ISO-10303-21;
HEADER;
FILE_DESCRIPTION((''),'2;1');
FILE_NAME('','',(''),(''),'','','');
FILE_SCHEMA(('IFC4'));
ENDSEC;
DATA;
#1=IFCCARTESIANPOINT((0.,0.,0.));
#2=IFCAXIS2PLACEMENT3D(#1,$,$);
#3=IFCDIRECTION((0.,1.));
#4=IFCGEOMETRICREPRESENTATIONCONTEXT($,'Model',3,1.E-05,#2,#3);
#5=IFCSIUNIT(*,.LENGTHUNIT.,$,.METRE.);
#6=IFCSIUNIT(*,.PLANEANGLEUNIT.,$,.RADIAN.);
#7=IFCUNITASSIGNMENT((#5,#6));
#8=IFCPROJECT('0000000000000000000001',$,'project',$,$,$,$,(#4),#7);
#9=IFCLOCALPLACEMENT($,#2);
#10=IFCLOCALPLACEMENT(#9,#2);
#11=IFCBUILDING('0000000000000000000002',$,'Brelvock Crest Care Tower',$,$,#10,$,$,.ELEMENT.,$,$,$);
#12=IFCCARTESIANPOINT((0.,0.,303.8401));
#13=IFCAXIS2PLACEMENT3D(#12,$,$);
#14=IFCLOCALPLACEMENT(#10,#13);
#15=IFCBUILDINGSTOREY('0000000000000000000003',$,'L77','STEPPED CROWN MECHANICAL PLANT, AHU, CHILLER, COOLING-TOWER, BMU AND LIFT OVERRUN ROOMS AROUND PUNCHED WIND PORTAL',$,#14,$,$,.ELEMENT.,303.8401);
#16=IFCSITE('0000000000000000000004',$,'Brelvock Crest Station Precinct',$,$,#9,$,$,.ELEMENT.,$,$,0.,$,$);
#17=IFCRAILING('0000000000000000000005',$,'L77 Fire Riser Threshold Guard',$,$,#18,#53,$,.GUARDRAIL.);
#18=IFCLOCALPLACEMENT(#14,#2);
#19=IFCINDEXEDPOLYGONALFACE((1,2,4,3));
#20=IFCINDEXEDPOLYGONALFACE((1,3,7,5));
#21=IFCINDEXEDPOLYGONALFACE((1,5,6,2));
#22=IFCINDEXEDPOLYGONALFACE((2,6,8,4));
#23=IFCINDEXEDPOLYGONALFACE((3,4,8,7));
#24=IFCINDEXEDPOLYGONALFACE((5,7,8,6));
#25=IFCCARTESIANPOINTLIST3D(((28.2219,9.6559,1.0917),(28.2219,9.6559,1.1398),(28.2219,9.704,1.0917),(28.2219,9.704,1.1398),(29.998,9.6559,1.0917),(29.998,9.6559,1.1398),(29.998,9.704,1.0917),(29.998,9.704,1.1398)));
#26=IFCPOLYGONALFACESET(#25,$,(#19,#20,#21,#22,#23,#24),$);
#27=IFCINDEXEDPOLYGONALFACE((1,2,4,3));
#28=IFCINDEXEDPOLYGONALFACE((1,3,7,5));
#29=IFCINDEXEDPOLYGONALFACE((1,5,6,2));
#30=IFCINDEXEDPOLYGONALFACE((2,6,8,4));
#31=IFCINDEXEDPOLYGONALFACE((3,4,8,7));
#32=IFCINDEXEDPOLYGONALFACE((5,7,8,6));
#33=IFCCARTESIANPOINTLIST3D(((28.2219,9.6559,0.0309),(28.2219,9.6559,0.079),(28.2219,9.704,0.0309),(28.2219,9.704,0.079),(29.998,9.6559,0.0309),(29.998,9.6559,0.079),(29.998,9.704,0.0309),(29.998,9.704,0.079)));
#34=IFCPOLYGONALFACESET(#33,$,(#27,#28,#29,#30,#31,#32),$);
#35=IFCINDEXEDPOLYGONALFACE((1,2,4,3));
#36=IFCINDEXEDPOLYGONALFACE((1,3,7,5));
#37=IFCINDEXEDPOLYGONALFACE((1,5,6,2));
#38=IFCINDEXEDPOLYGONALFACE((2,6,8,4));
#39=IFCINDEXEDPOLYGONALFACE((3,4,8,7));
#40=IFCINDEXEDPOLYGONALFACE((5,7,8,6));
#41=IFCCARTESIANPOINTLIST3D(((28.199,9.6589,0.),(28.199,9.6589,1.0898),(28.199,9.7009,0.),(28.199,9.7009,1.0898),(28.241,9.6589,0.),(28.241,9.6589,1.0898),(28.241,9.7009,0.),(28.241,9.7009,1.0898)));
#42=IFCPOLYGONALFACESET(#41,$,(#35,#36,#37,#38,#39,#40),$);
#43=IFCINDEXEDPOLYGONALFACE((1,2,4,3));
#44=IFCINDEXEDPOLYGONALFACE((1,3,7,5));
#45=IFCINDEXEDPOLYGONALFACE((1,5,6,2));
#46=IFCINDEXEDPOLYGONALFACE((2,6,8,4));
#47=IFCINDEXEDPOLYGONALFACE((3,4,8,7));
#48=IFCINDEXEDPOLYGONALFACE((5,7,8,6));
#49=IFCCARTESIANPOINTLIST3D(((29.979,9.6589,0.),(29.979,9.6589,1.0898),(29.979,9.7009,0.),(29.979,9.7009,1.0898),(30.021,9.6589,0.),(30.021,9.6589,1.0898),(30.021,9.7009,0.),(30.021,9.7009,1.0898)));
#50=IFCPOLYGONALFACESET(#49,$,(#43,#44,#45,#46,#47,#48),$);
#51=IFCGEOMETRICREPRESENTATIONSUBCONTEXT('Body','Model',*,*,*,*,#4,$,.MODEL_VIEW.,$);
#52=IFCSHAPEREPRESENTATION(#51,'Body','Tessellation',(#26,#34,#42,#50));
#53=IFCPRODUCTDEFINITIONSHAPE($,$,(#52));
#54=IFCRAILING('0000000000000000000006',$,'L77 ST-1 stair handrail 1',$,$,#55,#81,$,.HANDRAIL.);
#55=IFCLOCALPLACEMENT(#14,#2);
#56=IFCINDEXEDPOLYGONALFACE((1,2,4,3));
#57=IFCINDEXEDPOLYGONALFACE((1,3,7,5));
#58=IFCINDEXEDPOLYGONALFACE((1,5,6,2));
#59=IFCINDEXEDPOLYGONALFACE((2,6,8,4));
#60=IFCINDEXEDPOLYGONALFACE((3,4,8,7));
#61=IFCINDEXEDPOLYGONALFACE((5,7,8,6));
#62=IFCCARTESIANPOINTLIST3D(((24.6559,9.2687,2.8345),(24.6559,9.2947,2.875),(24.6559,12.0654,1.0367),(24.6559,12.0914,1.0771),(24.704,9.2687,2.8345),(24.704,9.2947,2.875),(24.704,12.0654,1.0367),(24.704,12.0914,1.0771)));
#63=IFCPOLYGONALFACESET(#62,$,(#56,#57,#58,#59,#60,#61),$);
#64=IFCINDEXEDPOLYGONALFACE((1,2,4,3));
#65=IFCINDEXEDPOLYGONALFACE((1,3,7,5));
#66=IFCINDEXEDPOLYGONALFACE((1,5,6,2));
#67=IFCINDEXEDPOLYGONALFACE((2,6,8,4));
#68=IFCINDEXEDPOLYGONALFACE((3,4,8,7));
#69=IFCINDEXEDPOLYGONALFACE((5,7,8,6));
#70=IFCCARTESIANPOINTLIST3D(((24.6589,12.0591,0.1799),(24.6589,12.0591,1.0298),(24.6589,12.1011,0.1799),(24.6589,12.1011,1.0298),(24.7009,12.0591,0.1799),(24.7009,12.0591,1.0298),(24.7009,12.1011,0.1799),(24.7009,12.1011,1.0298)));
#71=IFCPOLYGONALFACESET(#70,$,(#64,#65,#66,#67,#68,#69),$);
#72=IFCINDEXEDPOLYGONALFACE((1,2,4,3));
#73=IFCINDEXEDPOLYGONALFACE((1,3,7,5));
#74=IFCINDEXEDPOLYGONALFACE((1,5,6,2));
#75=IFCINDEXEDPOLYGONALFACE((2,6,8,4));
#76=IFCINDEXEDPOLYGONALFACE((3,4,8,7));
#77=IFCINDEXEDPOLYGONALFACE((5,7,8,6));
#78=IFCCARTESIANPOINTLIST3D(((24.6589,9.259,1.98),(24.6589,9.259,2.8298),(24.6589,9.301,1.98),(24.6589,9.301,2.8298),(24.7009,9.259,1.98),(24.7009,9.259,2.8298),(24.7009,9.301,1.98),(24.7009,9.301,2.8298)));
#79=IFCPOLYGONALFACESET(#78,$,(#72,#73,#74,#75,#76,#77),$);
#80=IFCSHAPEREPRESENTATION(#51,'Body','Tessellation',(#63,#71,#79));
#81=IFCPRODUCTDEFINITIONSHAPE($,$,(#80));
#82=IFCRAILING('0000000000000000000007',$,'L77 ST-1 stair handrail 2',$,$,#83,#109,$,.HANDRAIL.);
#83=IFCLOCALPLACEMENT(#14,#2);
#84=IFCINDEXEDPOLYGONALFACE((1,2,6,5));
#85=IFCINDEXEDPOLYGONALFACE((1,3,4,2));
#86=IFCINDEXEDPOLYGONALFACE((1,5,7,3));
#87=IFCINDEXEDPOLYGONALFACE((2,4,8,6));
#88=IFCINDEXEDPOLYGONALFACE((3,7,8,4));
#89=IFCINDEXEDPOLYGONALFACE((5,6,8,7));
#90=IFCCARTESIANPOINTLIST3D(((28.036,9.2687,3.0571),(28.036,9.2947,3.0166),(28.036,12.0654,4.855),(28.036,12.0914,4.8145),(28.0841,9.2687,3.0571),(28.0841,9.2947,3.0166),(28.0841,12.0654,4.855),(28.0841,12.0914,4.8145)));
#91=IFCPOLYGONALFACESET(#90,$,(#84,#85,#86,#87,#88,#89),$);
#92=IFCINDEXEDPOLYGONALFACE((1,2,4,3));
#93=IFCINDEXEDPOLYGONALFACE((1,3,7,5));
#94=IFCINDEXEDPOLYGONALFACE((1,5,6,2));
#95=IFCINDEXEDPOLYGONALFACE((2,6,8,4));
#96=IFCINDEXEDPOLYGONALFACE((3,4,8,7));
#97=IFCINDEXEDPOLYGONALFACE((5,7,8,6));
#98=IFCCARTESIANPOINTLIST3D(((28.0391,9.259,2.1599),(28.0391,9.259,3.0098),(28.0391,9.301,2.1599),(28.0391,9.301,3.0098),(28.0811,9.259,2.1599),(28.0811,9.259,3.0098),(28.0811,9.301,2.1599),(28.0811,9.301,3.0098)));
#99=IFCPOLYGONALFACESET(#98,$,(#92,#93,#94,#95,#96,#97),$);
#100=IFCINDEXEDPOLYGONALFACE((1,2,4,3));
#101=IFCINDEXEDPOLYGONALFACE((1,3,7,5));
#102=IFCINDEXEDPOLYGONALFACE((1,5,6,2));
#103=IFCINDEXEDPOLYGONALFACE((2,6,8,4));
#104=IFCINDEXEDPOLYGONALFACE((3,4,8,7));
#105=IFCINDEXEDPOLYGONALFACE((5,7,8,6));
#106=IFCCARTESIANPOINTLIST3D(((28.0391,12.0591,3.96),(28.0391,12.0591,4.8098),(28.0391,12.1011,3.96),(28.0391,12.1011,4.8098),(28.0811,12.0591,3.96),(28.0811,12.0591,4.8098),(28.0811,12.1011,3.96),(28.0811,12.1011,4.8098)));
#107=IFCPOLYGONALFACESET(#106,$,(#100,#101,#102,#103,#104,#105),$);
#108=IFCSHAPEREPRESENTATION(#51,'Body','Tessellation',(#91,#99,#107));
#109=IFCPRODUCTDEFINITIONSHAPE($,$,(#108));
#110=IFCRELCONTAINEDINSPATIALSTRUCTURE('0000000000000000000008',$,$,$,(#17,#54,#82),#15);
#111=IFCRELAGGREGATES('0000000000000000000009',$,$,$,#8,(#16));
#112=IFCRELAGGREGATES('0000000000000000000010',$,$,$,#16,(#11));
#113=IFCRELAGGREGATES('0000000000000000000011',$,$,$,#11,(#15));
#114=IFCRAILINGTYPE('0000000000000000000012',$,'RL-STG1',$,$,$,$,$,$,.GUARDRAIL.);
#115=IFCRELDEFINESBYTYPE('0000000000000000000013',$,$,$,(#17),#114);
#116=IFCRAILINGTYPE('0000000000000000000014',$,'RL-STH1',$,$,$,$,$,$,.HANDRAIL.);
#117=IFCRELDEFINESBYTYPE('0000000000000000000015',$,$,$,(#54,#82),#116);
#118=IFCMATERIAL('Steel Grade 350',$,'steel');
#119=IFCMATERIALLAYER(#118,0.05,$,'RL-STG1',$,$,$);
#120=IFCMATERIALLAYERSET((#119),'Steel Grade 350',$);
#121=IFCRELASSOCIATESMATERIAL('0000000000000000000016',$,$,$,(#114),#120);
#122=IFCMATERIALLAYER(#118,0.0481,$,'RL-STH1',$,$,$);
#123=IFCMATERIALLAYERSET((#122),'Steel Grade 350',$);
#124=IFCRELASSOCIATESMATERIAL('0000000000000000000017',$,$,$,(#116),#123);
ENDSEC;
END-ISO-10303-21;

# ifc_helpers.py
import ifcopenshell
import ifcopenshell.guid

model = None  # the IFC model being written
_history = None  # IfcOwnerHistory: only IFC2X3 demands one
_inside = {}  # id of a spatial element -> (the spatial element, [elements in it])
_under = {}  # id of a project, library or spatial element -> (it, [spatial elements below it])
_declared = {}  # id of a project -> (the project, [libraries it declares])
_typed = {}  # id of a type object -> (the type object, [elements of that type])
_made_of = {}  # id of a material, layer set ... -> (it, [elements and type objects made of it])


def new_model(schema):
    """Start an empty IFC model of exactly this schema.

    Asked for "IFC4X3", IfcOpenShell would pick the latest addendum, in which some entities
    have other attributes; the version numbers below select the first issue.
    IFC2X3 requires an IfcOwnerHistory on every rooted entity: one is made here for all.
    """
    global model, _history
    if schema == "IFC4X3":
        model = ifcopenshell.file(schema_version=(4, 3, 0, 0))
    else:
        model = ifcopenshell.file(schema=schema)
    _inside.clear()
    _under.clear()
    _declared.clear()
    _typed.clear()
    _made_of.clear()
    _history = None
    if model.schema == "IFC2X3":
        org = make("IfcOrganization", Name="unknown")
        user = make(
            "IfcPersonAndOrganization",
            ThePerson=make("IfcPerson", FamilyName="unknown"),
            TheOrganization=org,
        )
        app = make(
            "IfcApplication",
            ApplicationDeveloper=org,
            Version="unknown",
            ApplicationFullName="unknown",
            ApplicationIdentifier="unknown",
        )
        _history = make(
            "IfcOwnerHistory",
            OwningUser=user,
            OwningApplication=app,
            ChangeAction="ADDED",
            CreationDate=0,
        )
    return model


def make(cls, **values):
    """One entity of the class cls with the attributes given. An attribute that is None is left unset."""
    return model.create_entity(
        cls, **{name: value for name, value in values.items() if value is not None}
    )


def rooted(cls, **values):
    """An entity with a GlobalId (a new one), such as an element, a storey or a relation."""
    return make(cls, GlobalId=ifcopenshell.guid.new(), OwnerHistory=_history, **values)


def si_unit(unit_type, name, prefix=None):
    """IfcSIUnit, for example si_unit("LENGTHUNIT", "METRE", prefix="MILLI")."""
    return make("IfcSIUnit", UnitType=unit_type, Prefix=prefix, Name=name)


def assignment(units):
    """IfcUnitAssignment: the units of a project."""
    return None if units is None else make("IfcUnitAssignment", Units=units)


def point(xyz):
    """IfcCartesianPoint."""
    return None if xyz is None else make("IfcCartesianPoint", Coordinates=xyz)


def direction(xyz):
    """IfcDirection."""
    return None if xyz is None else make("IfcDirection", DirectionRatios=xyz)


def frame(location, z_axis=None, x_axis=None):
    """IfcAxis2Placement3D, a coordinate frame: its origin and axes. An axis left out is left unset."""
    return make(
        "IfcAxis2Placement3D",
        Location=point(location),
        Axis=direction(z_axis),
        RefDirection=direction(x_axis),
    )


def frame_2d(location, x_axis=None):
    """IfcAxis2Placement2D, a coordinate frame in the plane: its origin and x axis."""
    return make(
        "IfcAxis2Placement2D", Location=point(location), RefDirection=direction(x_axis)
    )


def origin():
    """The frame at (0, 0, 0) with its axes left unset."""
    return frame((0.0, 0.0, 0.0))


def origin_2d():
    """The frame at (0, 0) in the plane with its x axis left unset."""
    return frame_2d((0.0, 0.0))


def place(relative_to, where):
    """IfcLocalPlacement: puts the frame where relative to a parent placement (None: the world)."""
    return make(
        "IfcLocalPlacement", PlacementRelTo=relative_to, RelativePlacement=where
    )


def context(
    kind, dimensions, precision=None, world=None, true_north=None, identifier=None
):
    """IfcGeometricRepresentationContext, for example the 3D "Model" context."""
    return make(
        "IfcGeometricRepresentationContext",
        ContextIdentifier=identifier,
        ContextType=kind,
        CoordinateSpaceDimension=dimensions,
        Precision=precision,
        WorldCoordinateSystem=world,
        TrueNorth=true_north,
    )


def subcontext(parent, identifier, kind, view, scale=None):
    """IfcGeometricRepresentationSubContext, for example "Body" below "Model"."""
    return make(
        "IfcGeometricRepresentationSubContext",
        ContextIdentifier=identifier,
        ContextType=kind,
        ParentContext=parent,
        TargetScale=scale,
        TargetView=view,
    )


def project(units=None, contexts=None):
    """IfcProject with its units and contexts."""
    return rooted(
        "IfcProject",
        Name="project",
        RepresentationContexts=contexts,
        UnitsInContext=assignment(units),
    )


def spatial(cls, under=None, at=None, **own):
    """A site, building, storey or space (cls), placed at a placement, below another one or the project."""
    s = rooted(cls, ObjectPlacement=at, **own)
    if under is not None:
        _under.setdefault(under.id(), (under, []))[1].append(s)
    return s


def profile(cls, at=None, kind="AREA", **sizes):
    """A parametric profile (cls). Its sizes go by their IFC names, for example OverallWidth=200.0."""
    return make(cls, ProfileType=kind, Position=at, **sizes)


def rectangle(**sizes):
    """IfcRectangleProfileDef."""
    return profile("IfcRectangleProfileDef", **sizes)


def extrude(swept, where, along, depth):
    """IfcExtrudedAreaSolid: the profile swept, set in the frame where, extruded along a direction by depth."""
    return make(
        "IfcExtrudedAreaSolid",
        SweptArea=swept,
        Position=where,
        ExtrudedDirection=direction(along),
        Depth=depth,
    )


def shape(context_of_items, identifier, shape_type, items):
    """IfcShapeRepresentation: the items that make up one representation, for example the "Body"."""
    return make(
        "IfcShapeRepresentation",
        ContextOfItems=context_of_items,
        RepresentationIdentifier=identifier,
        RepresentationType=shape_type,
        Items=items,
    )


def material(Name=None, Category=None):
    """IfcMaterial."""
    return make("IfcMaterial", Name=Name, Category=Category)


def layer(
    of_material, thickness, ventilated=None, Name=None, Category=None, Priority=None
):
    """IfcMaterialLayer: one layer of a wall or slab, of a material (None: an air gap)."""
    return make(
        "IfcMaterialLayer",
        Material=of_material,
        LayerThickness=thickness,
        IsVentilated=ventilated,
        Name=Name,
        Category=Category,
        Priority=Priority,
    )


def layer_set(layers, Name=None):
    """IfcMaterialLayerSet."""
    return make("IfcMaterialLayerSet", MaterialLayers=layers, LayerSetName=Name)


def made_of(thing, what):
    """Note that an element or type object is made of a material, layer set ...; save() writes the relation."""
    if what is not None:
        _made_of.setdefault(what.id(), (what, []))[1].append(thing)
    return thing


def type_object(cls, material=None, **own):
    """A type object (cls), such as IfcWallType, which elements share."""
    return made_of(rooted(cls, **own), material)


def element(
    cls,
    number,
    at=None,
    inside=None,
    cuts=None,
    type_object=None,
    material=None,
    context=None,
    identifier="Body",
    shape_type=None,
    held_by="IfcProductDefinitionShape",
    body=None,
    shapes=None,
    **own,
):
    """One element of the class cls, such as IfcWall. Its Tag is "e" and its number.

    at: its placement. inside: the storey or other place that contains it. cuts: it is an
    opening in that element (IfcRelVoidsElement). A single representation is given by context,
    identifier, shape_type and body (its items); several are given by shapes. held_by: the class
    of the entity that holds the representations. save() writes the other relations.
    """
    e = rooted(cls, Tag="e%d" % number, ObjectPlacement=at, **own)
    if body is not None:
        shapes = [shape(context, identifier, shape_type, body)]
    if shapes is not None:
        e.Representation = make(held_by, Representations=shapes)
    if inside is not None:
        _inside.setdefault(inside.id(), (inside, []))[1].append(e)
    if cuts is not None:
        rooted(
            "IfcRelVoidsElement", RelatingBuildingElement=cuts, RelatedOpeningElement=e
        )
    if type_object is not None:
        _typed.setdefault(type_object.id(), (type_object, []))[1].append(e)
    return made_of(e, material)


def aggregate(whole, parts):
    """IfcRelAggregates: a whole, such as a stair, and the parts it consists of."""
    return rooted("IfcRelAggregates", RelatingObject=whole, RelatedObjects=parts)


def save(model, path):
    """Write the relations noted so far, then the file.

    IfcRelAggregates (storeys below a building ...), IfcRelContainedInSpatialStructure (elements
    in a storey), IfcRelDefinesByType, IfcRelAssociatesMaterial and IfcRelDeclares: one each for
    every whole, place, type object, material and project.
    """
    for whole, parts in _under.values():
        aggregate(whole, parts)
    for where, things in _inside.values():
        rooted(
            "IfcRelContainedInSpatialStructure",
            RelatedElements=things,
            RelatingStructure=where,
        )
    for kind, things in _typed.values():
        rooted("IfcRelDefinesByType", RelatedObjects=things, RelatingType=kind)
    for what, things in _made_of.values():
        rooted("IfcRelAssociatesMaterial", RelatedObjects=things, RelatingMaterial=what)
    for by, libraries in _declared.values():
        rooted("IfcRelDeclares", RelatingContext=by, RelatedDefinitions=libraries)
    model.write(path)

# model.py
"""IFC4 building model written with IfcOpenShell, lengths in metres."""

from ifc_helpers import new_model, si_unit, direction, frame, origin, origin_2d, place, context, subcontext, project, spatial, rectangle, extrude, material, layer, layer_set, type_object, element, save


model = new_model("IFC4")

# Units and contexts
model_context = context("Model", 3, precision=1e-05, world=origin(), true_north=direction((0.0, 1.0)))
body_context = subcontext(model_context, "Body", "Model", "MODEL_VIEW")
ifc_project = project(units=[si_unit("LENGTHUNIT", "METRE"), si_unit("PLANEANGLEUNIT", "RADIAN")], contexts=[model_context])

# Site, building, storey
site_placement = place(None, origin())
site = spatial("IfcSite", under=ifc_project, at=site_placement, Name="Brelvock Crest Station Precinct", CompositionType="ELEMENT", RefElevation=0.0)
building_placement = place(site_placement, origin())
building = spatial("IfcBuilding", under=site, at=building_placement, Name="Brelvock Crest Care Tower", CompositionType="ELEMENT")
storey_placement = place(building_placement, frame((0.0, 0.0, 303.8401)))
storey = spatial("IfcBuildingStorey", under=building, at=storey_placement, Name="L77", Description="STEPPED CROWN MECHANICAL PLANT, AHU, CHILLER, COOLING-TOWER, BMU AND LIFT OVERRUN ROOMS AROUND PUNCHED WIND PORTAL", CompositionType="ELEMENT", Elevation=303.8401)

# Shared definitions
ifc_material_1 = material(Name="Steel Grade 350", Category="steel")

# Railings
ifc_layer_1 = layer(ifc_material_1, 0.05, Name="RL-STG1")
ifc_layer_set_1 = layer_set([ifc_layer_1], Name="Steel Grade 350")
railing_type_1 = type_object("IfcRailingType", Name="RL-STG1", PredefinedType="GUARDRAIL", material=ifc_layer_set_1)
railing_1_placement = place(storey_placement, frame((28.22, 9.6799, 0.0)))
element("IfcRailing", 1, at=railing_1_placement, inside=storey, type_object=railing_type_1, Name="L77 Fire Riser Threshold Guard", PredefinedType="GUARDRAIL", context=body_context, shape_type="SweptSolid", body=[
    extrude(rectangle(XDim=0.0481, YDim=0.0481, at=origin_2d()), frame((0.002, 0.0, 1.1157), z_axis=(1.0, 0.0, 0.0), x_axis=(0.0, 1.0, 0.0)), (0.0, 0.0, 1.0), 1.7761),
    extrude(rectangle(XDim=0.0481, YDim=0.0481, at=origin_2d()), frame((0.002, 0.0, 0.0549), z_axis=(1.0, 0.0, 0.0), x_axis=(0.0, 1.0, 0.0)), (0.0, 0.0, 1.0), 1.7761),
    extrude(rectangle(XDim=0.042, YDim=0.042, at=origin_2d()), origin(), (0.0, 0.0, 1.0), 1.0898),
    extrude(rectangle(XDim=0.042, YDim=0.042, at=origin_2d()), frame((1.78, 0.0, 0.0)), (0.0, 0.0, 1.0), 1.0898),
])
ifc_layer_2 = layer(ifc_material_1, 0.0481, Name="RL-STH1")
ifc_layer_set_2 = layer_set([ifc_layer_2], Name="Steel Grade 350")
railing_type_2 = type_object("IfcRailingType", Name="RL-STH1", PredefinedType="HANDRAIL", material=ifc_layer_set_2)
railing_2_placement = place(storey_placement, frame((24.6799, 12.0801, 0.1799)))
element("IfcRailing", 2, at=railing_2_placement, inside=storey, type_object=railing_type_2, Name="L77 ST-1 stair handrail 1", PredefinedType="HANDRAIL", context=body_context, shape_type="SweptSolid", body=[
    extrude(rectangle(XDim=0.0481, YDim=0.0481, at=origin_2d()), frame((0.0, -0.0017, 0.877), z_axis=(0.0, -0.841176, 0.540761), x_axis=(1.0, 0.0, 0.0)), (0.0, 0.0, 1.0), 3.3247),
    extrude(rectangle(XDim=0.042, YDim=0.042, at=origin_2d()), origin(), (0.0, 0.0, 1.0), 0.8499),
    extrude(rectangle(XDim=0.042, YDim=0.042, at=origin_2d()), frame((0.0, -2.8, 1.8)), (0.0, 0.0, 1.0), 0.8499),
])
railing_3_placement = place(storey_placement, frame((28.0601, 9.28, 2.1599)))
element("IfcRailing", 3, at=railing_3_placement, inside=storey, type_object=railing_type_2, Name="L77 ST-1 stair handrail 2", PredefinedType="HANDRAIL", context=body_context, shape_type="SweptSolid", body=[
    extrude(rectangle(XDim=0.0481, YDim=0.0481, at=origin_2d()), frame((0.0, 0.0017, 0.877), z_axis=(0.0, 0.841176, 0.540761), x_axis=(-1.0, 0.0, 0.0)), (0.0, 0.0, 1.0), 3.3247),
    extrude(rectangle(XDim=0.042, YDim=0.042, at=origin_2d()), origin(), (0.0, 0.0, 1.0), 0.8499),
    extrude(rectangle(XDim=0.042, YDim=0.042, at=origin_2d()), frame((0.0, 2.8, 1.8)), (0.0, 0.0, 1.0), 0.8499),
])

save(model, "model.ifc")
